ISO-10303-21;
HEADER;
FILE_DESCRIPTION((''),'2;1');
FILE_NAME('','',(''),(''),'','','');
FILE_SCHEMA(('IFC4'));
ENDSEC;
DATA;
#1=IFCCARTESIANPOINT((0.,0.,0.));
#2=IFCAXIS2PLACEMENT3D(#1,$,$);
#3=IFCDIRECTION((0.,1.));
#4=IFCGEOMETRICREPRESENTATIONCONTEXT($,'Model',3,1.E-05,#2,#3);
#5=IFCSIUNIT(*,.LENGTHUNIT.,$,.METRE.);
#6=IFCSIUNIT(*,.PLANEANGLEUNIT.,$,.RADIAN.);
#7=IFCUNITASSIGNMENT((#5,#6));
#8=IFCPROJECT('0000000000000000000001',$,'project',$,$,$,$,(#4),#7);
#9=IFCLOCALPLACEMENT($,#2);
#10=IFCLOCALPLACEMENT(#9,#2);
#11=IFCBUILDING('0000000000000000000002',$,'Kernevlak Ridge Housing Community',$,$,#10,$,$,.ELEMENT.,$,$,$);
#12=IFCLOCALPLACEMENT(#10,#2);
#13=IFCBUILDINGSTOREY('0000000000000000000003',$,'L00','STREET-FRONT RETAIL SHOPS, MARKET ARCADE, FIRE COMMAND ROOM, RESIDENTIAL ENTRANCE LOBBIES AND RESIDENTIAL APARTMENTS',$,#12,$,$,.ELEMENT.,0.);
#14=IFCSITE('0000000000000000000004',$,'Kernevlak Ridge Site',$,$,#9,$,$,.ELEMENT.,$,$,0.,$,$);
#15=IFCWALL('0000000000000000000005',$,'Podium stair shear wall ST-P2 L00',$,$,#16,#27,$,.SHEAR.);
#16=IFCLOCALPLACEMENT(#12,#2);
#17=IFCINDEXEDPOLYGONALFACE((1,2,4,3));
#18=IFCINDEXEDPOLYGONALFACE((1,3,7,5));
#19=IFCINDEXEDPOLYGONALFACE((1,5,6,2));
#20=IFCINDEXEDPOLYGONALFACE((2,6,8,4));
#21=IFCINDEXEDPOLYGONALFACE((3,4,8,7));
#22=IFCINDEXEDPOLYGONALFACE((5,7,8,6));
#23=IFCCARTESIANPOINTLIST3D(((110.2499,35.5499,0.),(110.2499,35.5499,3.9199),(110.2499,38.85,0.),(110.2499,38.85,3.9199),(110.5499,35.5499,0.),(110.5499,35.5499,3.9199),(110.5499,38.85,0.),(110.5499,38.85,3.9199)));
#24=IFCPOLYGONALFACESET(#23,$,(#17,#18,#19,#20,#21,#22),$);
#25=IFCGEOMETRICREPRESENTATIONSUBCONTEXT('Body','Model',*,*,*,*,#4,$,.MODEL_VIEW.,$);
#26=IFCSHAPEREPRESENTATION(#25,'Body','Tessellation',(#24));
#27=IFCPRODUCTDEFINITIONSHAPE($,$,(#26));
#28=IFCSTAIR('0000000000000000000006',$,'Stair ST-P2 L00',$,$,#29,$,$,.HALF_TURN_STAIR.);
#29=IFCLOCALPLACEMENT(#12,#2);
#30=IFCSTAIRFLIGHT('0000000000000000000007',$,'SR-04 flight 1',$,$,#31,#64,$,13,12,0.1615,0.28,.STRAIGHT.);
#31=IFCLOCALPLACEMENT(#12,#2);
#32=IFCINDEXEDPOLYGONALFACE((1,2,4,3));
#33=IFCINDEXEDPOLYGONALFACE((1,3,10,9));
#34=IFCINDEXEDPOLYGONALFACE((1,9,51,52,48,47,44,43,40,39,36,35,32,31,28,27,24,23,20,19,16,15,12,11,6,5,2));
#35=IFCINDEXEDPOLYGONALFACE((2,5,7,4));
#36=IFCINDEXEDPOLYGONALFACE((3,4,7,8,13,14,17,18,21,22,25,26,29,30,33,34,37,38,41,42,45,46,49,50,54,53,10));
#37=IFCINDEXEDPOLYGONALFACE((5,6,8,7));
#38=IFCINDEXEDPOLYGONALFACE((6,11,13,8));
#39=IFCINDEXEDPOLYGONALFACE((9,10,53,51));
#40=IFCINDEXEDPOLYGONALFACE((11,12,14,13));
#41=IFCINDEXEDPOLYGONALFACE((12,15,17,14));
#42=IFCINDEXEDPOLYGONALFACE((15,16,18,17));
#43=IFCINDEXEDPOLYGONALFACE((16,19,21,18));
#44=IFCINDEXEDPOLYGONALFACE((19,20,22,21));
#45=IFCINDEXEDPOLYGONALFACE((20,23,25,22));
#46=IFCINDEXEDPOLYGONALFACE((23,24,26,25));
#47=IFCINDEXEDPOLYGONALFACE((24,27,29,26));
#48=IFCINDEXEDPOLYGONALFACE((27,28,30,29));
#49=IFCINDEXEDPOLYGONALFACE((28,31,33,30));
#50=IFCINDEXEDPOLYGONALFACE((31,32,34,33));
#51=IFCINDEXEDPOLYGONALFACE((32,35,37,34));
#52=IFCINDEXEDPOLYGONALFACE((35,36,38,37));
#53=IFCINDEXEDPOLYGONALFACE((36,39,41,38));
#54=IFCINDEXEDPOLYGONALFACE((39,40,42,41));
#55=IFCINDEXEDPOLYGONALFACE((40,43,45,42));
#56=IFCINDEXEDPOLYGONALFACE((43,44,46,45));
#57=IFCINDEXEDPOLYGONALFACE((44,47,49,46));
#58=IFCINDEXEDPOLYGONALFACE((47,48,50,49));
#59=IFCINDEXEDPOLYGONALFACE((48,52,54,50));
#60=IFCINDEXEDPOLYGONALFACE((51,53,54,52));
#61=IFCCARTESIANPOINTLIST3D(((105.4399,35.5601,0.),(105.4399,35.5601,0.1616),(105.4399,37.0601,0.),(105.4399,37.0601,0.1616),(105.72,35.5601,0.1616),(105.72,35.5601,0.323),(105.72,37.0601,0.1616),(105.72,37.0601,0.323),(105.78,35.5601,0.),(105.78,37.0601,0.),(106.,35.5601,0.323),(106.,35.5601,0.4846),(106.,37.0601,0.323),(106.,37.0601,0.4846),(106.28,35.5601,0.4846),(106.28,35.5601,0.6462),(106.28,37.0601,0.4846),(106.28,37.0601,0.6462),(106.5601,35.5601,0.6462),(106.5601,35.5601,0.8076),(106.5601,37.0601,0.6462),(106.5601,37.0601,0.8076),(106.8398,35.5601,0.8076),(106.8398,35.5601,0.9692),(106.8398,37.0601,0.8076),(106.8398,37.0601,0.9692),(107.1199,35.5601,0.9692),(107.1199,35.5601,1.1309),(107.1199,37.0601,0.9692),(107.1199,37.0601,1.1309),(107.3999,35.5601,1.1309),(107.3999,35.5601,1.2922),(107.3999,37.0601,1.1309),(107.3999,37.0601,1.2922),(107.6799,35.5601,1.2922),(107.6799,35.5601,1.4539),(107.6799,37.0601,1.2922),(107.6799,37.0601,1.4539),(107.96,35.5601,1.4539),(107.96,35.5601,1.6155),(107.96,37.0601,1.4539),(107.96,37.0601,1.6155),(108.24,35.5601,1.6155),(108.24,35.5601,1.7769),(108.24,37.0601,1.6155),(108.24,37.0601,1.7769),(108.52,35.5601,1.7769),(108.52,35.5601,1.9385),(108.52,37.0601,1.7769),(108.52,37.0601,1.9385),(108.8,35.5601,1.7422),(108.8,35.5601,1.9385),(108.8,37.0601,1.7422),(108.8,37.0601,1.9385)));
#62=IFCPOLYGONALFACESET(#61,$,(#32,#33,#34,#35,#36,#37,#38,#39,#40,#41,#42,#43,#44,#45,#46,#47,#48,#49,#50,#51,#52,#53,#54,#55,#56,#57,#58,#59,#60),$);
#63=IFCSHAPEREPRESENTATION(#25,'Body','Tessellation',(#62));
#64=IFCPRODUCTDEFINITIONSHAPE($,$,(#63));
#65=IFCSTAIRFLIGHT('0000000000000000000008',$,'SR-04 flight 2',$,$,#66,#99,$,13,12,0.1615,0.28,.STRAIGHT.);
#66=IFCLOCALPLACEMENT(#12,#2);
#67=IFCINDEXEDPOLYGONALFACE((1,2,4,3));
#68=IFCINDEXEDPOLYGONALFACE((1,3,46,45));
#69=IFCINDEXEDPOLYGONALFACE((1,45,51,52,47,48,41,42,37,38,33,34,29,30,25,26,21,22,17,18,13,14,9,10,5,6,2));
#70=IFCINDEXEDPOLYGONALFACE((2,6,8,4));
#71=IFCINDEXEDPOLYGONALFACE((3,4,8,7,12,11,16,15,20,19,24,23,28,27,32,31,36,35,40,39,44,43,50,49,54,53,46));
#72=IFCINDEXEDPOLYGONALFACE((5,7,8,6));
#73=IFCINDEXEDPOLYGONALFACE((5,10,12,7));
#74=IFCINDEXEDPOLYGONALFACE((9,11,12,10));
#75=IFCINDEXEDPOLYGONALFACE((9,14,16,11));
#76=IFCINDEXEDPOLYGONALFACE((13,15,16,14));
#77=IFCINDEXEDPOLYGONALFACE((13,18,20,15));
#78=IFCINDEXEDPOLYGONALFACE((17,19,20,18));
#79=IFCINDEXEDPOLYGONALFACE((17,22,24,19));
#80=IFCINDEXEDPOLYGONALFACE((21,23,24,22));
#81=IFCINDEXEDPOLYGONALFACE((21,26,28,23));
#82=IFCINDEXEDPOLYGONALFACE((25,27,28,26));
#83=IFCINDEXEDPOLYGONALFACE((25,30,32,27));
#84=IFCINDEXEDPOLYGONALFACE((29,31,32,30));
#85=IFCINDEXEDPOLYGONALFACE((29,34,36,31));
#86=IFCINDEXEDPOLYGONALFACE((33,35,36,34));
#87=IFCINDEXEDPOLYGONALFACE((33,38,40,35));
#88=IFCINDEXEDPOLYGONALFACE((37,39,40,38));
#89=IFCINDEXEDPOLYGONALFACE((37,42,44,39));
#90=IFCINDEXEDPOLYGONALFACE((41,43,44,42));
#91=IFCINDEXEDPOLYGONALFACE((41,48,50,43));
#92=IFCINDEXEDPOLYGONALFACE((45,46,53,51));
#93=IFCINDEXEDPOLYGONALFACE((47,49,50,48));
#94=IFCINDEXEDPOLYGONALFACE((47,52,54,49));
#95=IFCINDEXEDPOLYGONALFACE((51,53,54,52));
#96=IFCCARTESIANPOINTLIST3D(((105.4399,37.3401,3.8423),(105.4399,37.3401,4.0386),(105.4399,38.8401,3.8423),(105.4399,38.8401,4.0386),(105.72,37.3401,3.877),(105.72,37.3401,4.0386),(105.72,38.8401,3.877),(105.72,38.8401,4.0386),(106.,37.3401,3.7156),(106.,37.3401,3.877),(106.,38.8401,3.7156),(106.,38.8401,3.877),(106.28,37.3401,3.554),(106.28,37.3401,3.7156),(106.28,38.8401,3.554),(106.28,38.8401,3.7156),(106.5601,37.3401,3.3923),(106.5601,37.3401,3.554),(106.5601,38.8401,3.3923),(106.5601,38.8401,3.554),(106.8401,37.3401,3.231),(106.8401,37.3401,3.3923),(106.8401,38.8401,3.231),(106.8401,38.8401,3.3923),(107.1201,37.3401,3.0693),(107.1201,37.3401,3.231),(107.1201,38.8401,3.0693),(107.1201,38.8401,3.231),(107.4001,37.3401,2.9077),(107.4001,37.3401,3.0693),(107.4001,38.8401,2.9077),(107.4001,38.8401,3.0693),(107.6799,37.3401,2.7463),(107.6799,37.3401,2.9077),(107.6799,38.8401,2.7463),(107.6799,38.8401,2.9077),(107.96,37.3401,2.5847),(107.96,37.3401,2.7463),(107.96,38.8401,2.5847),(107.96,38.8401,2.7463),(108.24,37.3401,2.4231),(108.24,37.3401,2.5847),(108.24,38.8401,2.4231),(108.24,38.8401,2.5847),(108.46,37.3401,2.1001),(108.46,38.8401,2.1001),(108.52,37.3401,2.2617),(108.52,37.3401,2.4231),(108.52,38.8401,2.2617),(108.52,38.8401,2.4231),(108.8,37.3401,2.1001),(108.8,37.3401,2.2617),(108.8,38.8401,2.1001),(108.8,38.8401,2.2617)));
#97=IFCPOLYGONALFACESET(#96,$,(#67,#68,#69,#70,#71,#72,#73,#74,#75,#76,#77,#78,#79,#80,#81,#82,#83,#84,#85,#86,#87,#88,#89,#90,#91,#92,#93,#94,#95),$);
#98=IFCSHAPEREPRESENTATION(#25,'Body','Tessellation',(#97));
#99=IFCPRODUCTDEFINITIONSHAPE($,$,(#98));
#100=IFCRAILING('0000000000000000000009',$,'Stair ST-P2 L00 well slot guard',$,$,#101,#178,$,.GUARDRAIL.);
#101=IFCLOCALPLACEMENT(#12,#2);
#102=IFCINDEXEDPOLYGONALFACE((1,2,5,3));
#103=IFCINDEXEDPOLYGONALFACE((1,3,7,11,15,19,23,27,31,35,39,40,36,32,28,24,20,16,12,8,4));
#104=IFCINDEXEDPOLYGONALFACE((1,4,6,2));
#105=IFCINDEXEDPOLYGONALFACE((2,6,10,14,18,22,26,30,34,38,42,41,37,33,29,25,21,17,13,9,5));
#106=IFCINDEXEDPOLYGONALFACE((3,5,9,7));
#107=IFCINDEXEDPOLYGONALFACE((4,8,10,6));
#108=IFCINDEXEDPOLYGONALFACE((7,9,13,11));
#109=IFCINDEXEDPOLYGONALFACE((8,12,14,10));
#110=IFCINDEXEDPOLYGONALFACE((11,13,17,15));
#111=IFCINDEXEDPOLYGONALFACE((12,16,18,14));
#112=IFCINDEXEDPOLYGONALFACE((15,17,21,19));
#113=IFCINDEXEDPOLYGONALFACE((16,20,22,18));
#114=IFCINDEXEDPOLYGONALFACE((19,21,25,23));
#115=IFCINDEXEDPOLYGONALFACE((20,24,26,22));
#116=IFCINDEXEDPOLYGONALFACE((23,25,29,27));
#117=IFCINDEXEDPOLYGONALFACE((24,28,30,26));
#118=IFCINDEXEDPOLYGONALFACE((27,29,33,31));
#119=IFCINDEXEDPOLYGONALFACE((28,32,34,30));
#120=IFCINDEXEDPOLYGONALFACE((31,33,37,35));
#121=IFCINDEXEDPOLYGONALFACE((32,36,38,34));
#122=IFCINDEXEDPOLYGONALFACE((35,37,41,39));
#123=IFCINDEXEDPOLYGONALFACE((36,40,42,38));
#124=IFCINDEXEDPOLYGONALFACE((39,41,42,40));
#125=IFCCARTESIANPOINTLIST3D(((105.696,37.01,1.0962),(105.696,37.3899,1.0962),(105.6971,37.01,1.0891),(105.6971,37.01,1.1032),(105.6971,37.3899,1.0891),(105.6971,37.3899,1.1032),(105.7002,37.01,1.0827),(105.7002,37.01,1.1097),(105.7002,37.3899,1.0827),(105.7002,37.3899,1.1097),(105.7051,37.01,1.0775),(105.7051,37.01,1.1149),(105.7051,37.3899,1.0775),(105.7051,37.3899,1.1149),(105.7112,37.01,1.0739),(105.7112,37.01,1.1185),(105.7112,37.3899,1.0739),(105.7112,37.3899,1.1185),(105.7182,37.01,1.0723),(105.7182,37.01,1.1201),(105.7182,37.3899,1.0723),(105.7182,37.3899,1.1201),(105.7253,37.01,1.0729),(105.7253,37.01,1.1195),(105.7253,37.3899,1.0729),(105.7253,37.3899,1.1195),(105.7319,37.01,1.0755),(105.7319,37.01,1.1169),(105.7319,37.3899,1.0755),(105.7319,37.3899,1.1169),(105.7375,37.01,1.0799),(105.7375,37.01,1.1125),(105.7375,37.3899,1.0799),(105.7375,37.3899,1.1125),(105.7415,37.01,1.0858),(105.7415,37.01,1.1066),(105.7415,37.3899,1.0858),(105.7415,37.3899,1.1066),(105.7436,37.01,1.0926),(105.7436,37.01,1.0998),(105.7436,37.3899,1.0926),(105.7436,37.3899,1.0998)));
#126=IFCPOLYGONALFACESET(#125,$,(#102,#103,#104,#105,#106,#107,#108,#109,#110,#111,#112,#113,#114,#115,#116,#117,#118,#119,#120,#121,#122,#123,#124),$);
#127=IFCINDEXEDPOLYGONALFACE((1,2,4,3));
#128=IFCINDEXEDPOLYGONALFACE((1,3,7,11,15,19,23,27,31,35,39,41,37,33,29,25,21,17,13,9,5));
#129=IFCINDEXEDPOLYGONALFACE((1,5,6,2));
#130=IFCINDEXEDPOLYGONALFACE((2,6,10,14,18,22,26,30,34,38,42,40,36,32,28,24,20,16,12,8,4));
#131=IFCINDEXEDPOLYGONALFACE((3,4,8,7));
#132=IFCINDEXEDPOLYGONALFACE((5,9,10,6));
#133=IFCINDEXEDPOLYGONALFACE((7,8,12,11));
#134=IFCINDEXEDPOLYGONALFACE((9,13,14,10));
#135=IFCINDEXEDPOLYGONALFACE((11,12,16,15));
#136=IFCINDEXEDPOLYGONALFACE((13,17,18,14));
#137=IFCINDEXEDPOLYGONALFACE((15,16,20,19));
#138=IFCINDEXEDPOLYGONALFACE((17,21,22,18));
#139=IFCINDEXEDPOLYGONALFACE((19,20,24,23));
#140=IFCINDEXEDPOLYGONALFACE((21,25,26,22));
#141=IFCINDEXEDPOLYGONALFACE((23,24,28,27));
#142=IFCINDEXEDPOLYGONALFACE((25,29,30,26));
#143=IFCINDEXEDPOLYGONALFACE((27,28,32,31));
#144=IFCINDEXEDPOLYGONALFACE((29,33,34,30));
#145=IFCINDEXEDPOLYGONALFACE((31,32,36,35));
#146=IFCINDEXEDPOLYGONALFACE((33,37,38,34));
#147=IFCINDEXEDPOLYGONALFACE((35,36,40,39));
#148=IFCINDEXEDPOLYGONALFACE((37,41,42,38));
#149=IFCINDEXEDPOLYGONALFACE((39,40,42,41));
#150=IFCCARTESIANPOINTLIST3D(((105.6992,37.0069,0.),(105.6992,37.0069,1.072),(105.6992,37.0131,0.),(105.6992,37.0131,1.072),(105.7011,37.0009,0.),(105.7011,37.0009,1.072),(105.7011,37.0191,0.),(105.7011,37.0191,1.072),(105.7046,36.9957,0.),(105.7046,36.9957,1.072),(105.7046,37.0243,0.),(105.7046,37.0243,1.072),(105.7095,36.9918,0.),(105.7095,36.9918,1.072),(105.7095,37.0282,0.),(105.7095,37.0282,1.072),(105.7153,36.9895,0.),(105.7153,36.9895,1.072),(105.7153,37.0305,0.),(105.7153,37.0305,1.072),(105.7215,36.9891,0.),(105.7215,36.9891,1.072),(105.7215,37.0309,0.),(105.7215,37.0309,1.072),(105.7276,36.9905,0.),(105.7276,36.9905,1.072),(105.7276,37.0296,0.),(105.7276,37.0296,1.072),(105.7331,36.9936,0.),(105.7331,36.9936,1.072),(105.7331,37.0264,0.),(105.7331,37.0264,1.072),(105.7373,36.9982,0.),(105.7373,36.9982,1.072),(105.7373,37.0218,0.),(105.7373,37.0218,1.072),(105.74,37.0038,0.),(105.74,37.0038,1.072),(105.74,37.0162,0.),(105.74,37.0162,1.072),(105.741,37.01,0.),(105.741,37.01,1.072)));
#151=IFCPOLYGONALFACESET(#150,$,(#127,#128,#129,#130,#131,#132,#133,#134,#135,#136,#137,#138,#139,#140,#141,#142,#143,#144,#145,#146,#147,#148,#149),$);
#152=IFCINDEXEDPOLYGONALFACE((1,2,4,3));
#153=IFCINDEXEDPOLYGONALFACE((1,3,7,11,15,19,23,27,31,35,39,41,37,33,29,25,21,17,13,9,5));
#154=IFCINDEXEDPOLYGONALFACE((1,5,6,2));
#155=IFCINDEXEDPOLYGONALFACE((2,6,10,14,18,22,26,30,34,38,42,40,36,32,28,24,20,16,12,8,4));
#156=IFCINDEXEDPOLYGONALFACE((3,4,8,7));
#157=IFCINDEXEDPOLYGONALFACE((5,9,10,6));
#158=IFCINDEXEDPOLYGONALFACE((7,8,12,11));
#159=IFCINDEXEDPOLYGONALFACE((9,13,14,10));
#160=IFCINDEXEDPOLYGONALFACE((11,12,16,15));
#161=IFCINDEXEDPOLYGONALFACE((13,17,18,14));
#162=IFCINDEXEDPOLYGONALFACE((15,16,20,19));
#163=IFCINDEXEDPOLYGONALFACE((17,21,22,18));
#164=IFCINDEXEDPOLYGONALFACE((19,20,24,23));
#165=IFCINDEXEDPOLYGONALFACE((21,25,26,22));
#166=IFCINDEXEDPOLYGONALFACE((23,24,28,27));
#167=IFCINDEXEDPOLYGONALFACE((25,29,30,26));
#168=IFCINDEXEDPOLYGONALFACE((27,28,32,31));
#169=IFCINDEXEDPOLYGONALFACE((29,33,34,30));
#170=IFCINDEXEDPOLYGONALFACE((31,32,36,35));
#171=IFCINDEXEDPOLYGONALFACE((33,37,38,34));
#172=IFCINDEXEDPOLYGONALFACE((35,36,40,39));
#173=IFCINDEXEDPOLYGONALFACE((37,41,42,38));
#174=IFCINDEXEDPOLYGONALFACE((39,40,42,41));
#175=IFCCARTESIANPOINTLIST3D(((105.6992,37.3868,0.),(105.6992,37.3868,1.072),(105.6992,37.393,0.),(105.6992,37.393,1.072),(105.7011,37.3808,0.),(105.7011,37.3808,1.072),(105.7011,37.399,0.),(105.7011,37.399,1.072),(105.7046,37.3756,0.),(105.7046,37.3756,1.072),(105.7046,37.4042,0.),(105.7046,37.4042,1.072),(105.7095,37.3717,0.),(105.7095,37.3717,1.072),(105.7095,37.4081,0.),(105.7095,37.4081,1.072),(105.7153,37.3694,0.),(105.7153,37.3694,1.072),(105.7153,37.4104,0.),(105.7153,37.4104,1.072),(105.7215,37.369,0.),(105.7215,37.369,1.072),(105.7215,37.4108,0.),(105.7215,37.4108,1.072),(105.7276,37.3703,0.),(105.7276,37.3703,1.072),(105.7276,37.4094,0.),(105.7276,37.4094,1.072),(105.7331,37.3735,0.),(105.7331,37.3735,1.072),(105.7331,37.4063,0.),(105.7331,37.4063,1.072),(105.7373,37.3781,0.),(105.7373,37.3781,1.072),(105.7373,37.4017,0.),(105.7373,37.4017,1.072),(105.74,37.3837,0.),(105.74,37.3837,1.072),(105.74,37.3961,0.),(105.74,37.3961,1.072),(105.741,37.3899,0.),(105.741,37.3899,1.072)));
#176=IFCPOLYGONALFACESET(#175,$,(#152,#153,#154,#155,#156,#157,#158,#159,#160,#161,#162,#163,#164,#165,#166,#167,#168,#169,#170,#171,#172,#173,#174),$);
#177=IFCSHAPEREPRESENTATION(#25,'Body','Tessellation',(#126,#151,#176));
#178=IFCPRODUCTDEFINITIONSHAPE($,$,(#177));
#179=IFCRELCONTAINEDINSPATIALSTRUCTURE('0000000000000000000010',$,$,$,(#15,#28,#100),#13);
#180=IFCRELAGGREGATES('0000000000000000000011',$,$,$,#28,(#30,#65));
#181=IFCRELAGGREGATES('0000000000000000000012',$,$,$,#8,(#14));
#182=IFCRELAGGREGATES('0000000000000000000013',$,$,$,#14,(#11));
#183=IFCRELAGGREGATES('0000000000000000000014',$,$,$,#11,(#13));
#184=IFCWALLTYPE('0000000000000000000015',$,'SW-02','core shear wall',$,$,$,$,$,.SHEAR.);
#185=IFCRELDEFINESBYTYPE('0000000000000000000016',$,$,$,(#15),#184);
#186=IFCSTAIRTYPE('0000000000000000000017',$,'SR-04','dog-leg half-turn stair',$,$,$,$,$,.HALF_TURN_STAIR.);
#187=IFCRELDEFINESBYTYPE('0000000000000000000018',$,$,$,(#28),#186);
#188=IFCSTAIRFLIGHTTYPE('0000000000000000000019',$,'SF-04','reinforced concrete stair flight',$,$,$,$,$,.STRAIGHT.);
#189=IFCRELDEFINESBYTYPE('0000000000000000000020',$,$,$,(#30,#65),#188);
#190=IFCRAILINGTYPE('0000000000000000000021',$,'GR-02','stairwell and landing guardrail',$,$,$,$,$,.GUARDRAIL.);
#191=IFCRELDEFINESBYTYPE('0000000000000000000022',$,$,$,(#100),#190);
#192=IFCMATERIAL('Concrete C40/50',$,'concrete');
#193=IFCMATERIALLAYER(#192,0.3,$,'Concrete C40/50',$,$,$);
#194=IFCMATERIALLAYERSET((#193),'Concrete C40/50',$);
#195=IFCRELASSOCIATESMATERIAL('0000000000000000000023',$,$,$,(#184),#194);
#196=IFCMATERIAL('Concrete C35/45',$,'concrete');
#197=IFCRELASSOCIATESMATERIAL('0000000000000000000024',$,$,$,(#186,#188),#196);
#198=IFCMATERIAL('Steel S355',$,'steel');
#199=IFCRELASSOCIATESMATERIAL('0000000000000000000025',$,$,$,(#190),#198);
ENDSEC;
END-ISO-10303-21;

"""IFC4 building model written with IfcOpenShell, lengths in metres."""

from ifc_helpers import new_model, si_unit, direction, frame, frame_2d, origin, origin_2d, place, context, subcontext, project, spatial, polyline, rectangle, circle, outline, extrude, material, layer, layer_set, type_object, element, aggregate, save


model = new_model("IFC4")

# Units and contexts
model_context = context("Model", 3, precision=1e-05, world=origin(), true_north=direction((0.0, 1.0)))
body_context = subcontext(model_context, "Body", "Model", "MODEL_VIEW")
ifc_project = project(units=[si_unit("LENGTHUNIT", "METRE"), si_unit("PLANEANGLEUNIT", "RADIAN")], contexts=[model_context])

# Site, building, storey
site_placement = place(None, origin())
site = spatial("IfcSite", under=ifc_project, at=site_placement, Name="Kernevlak Ridge Site", CompositionType="ELEMENT", RefElevation=0.0)
building_placement = place(site_placement, origin())
building = spatial("IfcBuilding", under=site, at=building_placement, Name="Kernevlak Ridge Housing Community", CompositionType="ELEMENT")
storey_placement = place(building_placement, origin())
storey = spatial("IfcBuildingStorey", under=building, at=storey_placement, Name="L00", Description="STREET-FRONT RETAIL SHOPS, MARKET ARCADE, FIRE COMMAND ROOM, RESIDENTIAL ENTRANCE LOBBIES AND RESIDENTIAL APARTMENTS", CompositionType="ELEMENT", Elevation=0.0)

# Shared definitions
ifc_material_1 = material(Name="Concrete C35/45", Category="concrete")

# Wall
ifc_material_2 = material(Name="Concrete C40/50", Category="concrete")
ifc_layer_1 = layer(ifc_material_2, 0.3, Name="Concrete C40/50")
ifc_layer_set_1 = layer_set([ifc_layer_1], Name="Concrete C40/50")
wall_type_1 = type_object("IfcWallType", Name="SW-02", Description="core shear wall", PredefinedType="SHEAR", material=ifc_layer_set_1)
for number, where, z_axis, x_axis, name in (
    (1, (110.3999, 35.55, 0.0), (0.0, 0.0, 1.0), (0.0, 1.0, 0.0), "Podium stair shear wall ST-P2 L00"),
):
    element("IfcWall", number, at=place(storey_placement, frame(where, z_axis=z_axis, x_axis=x_axis)), inside=storey, type_object=wall_type_1, Name=name, PredefinedType="SHEAR", context=body_context, shape_type="SweptSolid", body=[
        extrude(rectangle(XDim=3.3, YDim=0.3, at=frame_2d((1.6499, 0.0))), origin(), (0.0, 0.0, 1.0), 3.9199),
    ])

# Stair, stair flights
stair_type = type_object("IfcStairType", Name="SR-04", Description="dog-leg half-turn stair", PredefinedType="HALF_TURN_STAIR", material=ifc_material_1)
stair_placement = place(storey_placement, origin())
stair = element("IfcStair", 2, at=stair_placement, inside=storey, type_object=stair_type, Name="Stair ST-P2 L00", PredefinedType="HALF_TURN_STAIR")
stair_flight_type = type_object("IfcStairFlightType", Name="SF-04", Description="reinforced concrete stair flight", PredefinedType="STRAIGHT", material=ifc_material_1)
stair_flight_1_placement = place(storey_placement, frame((105.4399, 36.3101, 0.0), z_axis=(0.0, 0.0, 1.0), x_axis=(1.0, 0.0, 0.0)))
stair_flight_1 = element("IfcStairFlight", 3, at=stair_flight_1_placement, type_object=stair_flight_type, Name="SR-04 flight 1", NumberOfRisers=13, NumberOfTreads=12, PredefinedType="STRAIGHT", RiserHeight=0.1615, TreadLength=0.28, context=body_context, shape_type="SweptSolid", body=[
    extrude(outline(polyline([(0.0, 0.0), (0.0, 0.1616), (0.28, 0.1616), (0.28, 0.323), (0.5601, 0.323), (0.5601, 0.4846), (0.8401, 0.4846), (0.8401, 0.6462), (1.1201, 0.6462), (1.1201, 0.8076), (1.3999, 0.8076), (1.3999, 0.9692), (1.6799, 0.9692), (1.6799, 1.1309), (1.96, 1.1309), (1.96, 1.2922), (2.24, 1.2922), (2.24, 1.4539), (2.52, 1.4539), (2.52, 1.6155), (2.8, 1.6155), (2.8, 1.7769), (3.0801, 1.7769), (3.0801, 1.9385), (3.3601, 1.9385), (3.3601, 2.1001), (3.3601, 1.7422), (0.3401, 0.0), (0.0, 0.0)])), frame((0.0, 0.75, 0.0), z_axis=(0.0, -1.0, 0.0), x_axis=(1.0, 0.0, 0.0)), (0.0, 0.0, 1.0), 1.5),
])
stair_flight_2_placement = place(storey_placement, frame((108.8, 38.0901, 2.1001), z_axis=(0.0, 0.0, 1.0), x_axis=(-1.0, 0.0, 0.0)))
stair_flight_2 = element("IfcStairFlight", 4, at=stair_flight_2_placement, type_object=stair_flight_type, Name="SR-04 flight 2", NumberOfRisers=13, NumberOfTreads=12, PredefinedType="STRAIGHT", RiserHeight=0.1615, TreadLength=0.28, context=body_context, shape_type="SweptSolid", body=[
    extrude(outline(polyline([(0.0, 0.0), (0.0, 0.1616), (0.28, 0.1616), (0.28, 0.323), (0.5601, 0.323), (0.5601, 0.4846), (0.8401, 0.4846), (0.8401, 0.6462), (1.1201, 0.6462), (1.1201, 0.8076), (1.3999, 0.8076), (1.3999, 0.9692), (1.6799, 0.9692), (1.6799, 1.1309), (1.96, 1.1309), (1.96, 1.2922), (2.24, 1.2922), (2.24, 1.4539), (2.52, 1.4539), (2.52, 1.6155), (2.8, 1.6155), (2.8, 1.7769), (3.0801, 1.7769), (3.0801, 1.9385), (3.3601, 1.9385), (3.3601, 2.1001), (3.3601, 1.7422), (0.3401, 0.0), (0.0, 0.0)])), frame((0.0, 0.75, 0.0), z_axis=(0.0, -1.0, 0.0), x_axis=(1.0, 0.0, 0.0)), (0.0, 0.0, 1.0), 1.5),
])
aggregate(stair, [stair_flight_1, stair_flight_2])

# Railing
ifc_material_3 = material(Name="Steel S355", Category="steel")
railing_type_1 = type_object("IfcRailingType", Name="GR-02", Description="stairwell and landing guardrail", PredefinedType="GUARDRAIL", material=ifc_material_3)
railing_1_placement = place(storey_placement, frame((105.72, 37.01, 0.0)))
element("IfcRailing", 5, at=railing_1_placement, inside=storey, type_object=railing_type_1, Name="Stair ST-P2 L00 well slot guard", PredefinedType="GUARDRAIL", context=body_context, shape_type="SweptSolid", body=[
    extrude(circle(Radius=0.0239, at=origin_2d()), frame((0.0, 0.0, 1.0962), z_axis=(0.0, 1.0, 0.0), x_axis=(-1.0, 0.0, 0.0)), (0.0, 0.0, 1.0), 0.3799),
    extrude(circle(Radius=0.021, at=origin_2d()), origin(), (0.0, 0.0, 1.0), 1.072),
    extrude(circle(Radius=0.021, at=origin_2d()), frame((0.0, 0.3799, 0.0)), (0.0, 0.0, 1.0), 1.072),
])

save(model, "model.ifc")
